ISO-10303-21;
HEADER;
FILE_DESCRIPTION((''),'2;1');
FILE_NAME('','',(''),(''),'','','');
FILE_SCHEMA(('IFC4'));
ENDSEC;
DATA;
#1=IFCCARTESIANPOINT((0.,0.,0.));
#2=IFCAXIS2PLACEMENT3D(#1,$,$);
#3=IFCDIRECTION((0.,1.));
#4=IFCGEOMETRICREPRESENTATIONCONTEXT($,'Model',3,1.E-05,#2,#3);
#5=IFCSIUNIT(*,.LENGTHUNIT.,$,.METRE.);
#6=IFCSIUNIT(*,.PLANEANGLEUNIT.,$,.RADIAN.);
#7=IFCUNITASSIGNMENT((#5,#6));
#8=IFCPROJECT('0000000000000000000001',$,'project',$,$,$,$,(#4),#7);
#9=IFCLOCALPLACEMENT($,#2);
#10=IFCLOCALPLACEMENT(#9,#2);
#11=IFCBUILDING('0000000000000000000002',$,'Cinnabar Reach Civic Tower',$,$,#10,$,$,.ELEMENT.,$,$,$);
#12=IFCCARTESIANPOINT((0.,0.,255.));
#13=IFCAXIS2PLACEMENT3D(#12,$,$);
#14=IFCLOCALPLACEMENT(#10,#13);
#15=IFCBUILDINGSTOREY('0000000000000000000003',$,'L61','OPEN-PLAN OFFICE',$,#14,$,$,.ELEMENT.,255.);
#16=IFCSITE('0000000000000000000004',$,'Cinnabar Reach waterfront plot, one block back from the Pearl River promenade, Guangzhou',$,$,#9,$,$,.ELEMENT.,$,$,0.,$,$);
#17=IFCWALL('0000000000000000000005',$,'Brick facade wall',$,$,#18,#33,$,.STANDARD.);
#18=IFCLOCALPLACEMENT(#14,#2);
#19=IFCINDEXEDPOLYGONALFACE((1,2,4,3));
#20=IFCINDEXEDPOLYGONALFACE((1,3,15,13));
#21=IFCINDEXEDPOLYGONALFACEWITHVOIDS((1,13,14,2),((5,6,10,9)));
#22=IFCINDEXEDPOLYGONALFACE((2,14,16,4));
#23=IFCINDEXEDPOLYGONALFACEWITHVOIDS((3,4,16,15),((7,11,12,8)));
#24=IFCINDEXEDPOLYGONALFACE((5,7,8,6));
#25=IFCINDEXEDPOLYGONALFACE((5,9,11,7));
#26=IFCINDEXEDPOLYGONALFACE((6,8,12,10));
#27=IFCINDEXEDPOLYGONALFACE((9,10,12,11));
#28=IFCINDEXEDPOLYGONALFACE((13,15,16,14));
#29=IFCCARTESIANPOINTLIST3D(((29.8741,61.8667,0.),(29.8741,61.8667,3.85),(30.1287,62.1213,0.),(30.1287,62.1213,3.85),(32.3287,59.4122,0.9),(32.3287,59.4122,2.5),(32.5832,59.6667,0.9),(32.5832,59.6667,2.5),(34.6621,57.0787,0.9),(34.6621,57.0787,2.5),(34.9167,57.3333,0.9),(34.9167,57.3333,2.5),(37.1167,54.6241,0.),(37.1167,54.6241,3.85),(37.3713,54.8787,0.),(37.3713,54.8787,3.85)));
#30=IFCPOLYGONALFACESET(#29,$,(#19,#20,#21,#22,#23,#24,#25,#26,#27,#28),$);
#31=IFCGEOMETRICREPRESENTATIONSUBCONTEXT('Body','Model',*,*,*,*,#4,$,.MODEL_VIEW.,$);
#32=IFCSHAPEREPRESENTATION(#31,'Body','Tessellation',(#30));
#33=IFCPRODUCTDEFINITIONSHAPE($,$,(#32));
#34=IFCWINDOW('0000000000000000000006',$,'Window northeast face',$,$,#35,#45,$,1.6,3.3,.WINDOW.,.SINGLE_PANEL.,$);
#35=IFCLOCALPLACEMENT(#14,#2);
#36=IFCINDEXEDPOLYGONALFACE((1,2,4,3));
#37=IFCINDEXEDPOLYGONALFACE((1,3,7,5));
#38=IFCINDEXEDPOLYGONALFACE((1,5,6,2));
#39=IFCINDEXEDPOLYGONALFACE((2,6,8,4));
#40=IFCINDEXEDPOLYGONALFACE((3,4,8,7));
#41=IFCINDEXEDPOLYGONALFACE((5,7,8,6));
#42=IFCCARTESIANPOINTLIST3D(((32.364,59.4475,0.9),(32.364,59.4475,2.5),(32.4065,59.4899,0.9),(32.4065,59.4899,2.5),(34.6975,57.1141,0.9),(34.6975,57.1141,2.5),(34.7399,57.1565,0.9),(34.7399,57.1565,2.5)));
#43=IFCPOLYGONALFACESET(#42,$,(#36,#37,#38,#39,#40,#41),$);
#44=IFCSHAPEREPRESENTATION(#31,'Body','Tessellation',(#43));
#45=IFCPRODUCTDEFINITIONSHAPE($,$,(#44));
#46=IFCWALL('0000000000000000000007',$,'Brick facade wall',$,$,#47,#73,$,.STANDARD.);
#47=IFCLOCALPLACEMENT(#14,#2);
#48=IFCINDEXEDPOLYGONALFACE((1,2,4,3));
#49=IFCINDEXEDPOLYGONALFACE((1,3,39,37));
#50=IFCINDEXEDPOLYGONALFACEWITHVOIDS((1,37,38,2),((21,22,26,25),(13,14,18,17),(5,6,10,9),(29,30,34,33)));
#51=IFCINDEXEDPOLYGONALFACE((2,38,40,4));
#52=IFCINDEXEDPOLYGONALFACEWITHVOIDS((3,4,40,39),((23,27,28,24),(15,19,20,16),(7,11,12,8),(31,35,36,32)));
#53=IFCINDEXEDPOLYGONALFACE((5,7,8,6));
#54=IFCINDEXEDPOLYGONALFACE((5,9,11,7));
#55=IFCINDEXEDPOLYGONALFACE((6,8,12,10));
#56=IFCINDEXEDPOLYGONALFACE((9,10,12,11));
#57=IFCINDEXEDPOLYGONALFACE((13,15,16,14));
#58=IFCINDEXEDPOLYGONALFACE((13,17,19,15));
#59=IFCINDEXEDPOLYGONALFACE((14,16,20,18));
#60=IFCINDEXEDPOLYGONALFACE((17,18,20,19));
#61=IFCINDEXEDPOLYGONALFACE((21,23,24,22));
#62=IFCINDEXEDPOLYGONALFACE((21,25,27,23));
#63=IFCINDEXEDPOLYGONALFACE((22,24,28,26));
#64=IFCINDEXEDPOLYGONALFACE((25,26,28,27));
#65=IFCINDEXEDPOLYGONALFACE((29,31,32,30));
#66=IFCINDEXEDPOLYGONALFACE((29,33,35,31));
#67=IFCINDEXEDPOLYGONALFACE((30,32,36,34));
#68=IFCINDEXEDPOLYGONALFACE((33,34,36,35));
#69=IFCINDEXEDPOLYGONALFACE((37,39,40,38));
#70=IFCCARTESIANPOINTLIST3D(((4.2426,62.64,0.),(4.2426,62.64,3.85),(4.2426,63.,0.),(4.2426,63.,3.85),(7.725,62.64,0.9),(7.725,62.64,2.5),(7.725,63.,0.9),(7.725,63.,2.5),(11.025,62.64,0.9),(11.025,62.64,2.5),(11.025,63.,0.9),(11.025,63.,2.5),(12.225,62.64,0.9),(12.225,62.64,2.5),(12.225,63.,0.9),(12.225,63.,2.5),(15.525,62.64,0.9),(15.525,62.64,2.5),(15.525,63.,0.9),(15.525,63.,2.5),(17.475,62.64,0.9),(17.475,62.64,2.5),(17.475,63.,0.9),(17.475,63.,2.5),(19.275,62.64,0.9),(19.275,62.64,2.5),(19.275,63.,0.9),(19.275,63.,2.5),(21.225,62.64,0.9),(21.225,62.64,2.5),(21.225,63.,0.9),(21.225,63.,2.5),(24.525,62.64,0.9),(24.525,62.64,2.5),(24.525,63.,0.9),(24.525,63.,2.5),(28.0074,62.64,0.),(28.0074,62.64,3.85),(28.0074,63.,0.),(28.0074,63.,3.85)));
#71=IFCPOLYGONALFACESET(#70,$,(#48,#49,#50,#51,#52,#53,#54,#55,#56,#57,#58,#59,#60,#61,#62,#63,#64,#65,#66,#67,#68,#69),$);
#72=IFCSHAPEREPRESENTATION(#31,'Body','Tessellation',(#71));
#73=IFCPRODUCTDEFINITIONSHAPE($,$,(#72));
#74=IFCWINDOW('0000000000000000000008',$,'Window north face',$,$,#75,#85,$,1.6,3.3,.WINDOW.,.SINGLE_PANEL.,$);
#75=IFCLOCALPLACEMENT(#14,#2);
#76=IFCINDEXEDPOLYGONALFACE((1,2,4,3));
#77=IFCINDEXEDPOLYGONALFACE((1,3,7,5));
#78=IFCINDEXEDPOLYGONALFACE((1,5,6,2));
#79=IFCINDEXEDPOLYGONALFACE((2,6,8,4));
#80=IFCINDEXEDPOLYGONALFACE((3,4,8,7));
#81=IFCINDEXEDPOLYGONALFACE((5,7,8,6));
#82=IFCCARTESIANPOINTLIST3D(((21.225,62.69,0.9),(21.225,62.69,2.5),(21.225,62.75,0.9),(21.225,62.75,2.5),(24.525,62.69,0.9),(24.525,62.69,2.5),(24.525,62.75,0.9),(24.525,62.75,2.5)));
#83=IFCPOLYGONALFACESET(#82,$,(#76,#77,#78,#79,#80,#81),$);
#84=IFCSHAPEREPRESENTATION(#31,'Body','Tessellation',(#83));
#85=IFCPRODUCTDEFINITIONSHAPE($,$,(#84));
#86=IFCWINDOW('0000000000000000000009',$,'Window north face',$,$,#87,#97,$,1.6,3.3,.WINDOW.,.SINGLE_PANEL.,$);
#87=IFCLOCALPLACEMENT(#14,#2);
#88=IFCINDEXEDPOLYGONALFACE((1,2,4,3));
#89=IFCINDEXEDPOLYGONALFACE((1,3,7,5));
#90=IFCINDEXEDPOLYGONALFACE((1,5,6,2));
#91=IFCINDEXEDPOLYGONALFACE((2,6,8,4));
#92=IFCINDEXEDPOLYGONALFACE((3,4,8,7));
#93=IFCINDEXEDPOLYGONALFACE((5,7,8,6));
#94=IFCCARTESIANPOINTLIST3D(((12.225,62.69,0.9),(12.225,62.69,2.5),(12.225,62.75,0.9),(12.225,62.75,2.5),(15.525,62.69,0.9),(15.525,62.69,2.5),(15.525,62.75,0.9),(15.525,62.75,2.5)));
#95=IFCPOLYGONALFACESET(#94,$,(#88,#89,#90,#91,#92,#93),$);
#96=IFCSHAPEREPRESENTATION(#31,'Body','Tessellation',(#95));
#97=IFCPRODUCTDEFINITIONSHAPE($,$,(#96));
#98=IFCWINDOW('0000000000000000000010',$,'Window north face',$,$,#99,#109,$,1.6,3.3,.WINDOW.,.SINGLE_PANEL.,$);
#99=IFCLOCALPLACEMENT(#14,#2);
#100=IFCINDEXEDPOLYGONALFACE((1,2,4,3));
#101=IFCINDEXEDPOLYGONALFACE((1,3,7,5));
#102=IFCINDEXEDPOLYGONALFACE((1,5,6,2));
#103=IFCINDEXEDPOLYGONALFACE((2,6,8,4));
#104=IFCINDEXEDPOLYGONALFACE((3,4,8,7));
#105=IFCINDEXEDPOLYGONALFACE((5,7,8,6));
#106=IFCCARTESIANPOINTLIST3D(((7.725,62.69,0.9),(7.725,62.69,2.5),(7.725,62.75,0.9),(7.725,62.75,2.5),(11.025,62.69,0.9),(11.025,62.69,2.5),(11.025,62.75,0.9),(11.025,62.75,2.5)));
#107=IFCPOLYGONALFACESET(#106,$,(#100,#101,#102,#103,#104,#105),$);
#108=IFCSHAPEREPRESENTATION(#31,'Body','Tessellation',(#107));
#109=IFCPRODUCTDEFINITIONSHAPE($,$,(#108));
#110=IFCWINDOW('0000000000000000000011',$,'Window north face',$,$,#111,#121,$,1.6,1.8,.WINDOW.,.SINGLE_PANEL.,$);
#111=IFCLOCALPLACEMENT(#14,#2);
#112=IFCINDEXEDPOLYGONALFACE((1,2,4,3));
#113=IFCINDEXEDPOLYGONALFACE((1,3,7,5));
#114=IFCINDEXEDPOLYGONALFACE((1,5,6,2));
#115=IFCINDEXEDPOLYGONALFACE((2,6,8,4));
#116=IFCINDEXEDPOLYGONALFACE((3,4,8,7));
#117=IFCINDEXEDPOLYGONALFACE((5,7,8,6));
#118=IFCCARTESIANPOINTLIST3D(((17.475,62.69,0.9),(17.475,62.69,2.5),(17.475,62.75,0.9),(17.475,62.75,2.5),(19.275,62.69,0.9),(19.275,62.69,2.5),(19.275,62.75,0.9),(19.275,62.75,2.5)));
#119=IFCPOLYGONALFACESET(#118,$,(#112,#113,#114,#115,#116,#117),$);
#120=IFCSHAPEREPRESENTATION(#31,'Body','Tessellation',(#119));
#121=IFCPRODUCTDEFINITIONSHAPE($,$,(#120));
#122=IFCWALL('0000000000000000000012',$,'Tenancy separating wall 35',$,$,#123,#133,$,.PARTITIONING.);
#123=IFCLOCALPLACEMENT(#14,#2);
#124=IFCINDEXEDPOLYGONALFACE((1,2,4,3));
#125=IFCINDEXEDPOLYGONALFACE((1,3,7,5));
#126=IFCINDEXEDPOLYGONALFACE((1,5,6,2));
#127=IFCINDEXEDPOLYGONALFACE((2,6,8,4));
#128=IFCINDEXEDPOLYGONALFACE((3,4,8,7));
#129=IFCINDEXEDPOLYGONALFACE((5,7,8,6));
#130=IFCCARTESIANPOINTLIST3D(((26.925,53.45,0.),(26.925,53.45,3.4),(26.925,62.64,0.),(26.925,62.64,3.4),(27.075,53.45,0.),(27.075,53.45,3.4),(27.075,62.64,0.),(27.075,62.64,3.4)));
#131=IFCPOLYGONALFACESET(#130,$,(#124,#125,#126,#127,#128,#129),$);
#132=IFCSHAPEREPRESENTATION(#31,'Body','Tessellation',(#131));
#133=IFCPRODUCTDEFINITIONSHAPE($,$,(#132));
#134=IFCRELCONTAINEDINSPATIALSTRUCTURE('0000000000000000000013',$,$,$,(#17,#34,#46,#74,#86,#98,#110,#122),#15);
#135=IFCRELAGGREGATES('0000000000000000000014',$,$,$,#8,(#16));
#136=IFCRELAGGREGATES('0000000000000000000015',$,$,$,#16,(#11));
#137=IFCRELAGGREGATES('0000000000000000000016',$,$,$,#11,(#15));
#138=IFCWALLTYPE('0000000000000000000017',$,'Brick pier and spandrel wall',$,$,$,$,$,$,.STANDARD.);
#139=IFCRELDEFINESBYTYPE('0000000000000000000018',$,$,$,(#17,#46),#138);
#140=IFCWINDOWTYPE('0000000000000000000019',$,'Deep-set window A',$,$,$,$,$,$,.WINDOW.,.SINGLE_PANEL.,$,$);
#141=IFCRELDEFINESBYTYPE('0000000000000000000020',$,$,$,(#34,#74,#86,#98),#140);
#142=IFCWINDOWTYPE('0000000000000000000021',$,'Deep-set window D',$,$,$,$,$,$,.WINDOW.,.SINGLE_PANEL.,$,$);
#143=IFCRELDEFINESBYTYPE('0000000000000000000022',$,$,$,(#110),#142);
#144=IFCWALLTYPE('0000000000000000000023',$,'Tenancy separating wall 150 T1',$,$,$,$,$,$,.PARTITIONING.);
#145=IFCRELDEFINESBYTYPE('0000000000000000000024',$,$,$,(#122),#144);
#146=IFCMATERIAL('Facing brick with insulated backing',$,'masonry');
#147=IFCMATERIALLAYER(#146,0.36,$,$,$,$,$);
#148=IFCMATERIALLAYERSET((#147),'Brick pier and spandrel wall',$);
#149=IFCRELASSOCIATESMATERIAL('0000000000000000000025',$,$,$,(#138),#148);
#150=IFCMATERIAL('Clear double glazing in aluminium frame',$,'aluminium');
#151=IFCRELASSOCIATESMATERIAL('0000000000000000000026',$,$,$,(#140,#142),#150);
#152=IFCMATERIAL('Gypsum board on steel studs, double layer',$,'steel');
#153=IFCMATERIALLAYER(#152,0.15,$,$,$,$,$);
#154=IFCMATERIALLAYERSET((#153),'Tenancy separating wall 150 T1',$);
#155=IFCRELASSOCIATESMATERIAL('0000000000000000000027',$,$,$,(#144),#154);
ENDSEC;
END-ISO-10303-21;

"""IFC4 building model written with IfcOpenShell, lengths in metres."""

from ifc_helpers import new_model, si_unit, direction, frame, frame_2d, origin, place, context, subcontext, project, spatial, rectangle, extrude, material, layer, layer_set, type_object, element, fill, save


model = new_model("IFC4")

# Units and contexts
model_context = context("Model", 3, precision=1e-05, world=origin(), true_north=direction((0.0, 1.0)))
body_context = subcontext(model_context, "Body", "Model", "MODEL_VIEW")
ifc_project = project(units=[si_unit("LENGTHUNIT", "METRE"), si_unit("PLANEANGLEUNIT", "RADIAN")], contexts=[model_context])

# Site, building, storey
site_placement = place(None, origin())
site = spatial("IfcSite", under=ifc_project, at=site_placement, Name="Cinnabar Reach waterfront plot, one block back from the Pearl River promenade, Guangzhou", CompositionType="ELEMENT", RefElevation=0.0)
building_placement = place(site_placement, origin())
building = spatial("IfcBuilding", under=site, at=building_placement, Name="Cinnabar Reach Civic Tower", CompositionType="ELEMENT")
storey_placement = place(building_placement, frame((0.0, 0.0, 255.0)))
storey = spatial("IfcBuildingStorey", under=building, at=storey_placement, Name="L61", Description="OPEN-PLAN OFFICE", CompositionType="ELEMENT", Elevation=255.0)

# Shared definitions
ifc_material_1 = material(Name="Facing brick with insulated backing", Category="masonry")

# Wall, opening, window
ifc_layer_1 = layer(ifc_material_1, 0.36)
ifc_layer_set_1 = layer_set([ifc_layer_1], Name="Brick pier and spandrel wall")
wall_type_1 = type_object("IfcWallType", Name="Brick pier and spandrel wall", PredefinedType="STANDARD", material=ifc_layer_set_1)
wall_1_placement = place(storey_placement, frame((37.244, 54.7514, 0.0), z_axis=(0.0, 0.0, 1.0), x_axis=(-0.707107, 0.707107, 0.0)))
wall_1 = element("IfcWall", 1, at=wall_1_placement, inside=storey, type_object=wall_type_1, Name="Brick facade wall", PredefinedType="STANDARD", context=body_context, shape_type="SweptSolid", body=[
    extrude(rectangle(XDim=10.2426, YDim=0.36, at=frame_2d((5.1213, 0.0))), origin(), (0.0, 0.0, 1.0), 3.85),
])
opening_1_placement = place(wall_1_placement, frame((3.4713, 0.0, 0.9)))
opening_1 = element("IfcOpeningElement", 2, at=opening_1_placement, cuts=wall_1, PredefinedType="OPENING", context=body_context, shape_type="SweptSolid", body=[
    extrude(rectangle(XDim=3.3, YDim=1.6, at=frame_2d((1.65, 0.8))), frame((0.0, 0.19, 0.0), z_axis=(0.0, -1.0, 0.0), x_axis=(1.0, 0.0, 0.0)), (0.0, 0.0, 1.0), 0.38),
])
ifc_material_2 = material(Name="Clear double glazing in aluminium frame", Category="aluminium")
window_type_1 = type_object("IfcWindowType", Name="Deep-set window A", PartitioningType="SINGLE_PANEL", PredefinedType="WINDOW", material=ifc_material_2)
window_1_placement = place(opening_1_placement, origin())
window_1 = element("IfcWindow", 3, at=window_1_placement, inside=storey, type_object=window_type_1, Name="Window northeast face", OverallHeight=1.6, OverallWidth=3.3, PartitioningType="SINGLE_PANEL", PredefinedType="WINDOW", context=body_context, shape_type="SweptSolid", body=[
    extrude(rectangle(XDim=3.3, YDim=1.6, at=frame_2d((1.65, 0.8))), frame((0.0, 0.13, 0.0), z_axis=(0.0, -1.0, 0.0), x_axis=(1.0, 0.0, 0.0)), (0.0, 0.0, 1.0), 0.06),
])
fill(opening_1, window_1)

# Wall, openings, windows
wall_2_placement = place(storey_placement, frame((28.0074, 62.82, 0.0), z_axis=(0.0, 0.0, 1.0), x_axis=(-1.0, 0.0, 0.0)))
wall_2 = element("IfcWall", 4, at=wall_2_placement, inside=storey, type_object=wall_type_1, Name="Brick facade wall", PredefinedType="STANDARD", context=body_context, shape_type="SweptSolid", body=[
    extrude(rectangle(XDim=23.7648, YDim=0.36, at=frame_2d((11.8824, 0.0))), origin(), (0.0, 0.0, 1.0), 3.85),
])
opening_2_placement = place(wall_2_placement, frame((3.4824, 0.0, 0.9)))
opening_2 = element("IfcOpeningElement", 5, at=opening_2_placement, cuts=wall_2, PredefinedType="OPENING", context=body_context, shape_type="SweptSolid", body=[
    extrude(rectangle(XDim=3.3, YDim=1.6, at=frame_2d((1.65, 0.8))), frame((0.0, 0.19, 0.0), z_axis=(0.0, -1.0, 0.0), x_axis=(1.0, 0.0, 0.0)), (0.0, 0.0, 1.0), 0.38),
])
opening_3_placement = place(wall_2_placement, frame((8.7324, 0.0, 0.9)))
opening_3 = element("IfcOpeningElement", 6, at=opening_3_placement, cuts=wall_2, PredefinedType="OPENING", context=body_context, shape_type="SweptSolid", body=[
    extrude(rectangle(XDim=1.8, YDim=1.6, at=frame_2d((0.9, 0.8))), frame((0.0, 0.19, 0.0), z_axis=(0.0, -1.0, 0.0), x_axis=(1.0, 0.0, 0.0)), (0.0, 0.0, 1.0), 0.38),
])
opening_4_placement = place(wall_2_placement, frame((12.4824, 0.0, 0.9)))
opening_4 = element("IfcOpeningElement", 7, at=opening_4_placement, cuts=wall_2, PredefinedType="OPENING", context=body_context, shape_type="SweptSolid", body=[
    extrude(rectangle(XDim=3.3, YDim=1.6, at=frame_2d((1.65, 0.8))), frame((0.0, 0.19, 0.0), z_axis=(0.0, -1.0, 0.0), x_axis=(1.0, 0.0, 0.0)), (0.0, 0.0, 1.0), 0.38),
])
opening_5_placement = place(wall_2_placement, frame((16.9824, 0.0, 0.9)))
opening_5 = element("IfcOpeningElement", 8, at=opening_5_placement, cuts=wall_2, PredefinedType="OPENING", context=body_context, shape_type="SweptSolid", body=[
    extrude(rectangle(XDim=3.3, YDim=1.6, at=frame_2d((1.65, 0.8))), frame((0.0, 0.19, 0.0), z_axis=(0.0, -1.0, 0.0), x_axis=(1.0, 0.0, 0.0)), (0.0, 0.0, 1.0), 0.38),
])
window_2_placement = place(opening_2_placement, origin())
window_2 = element("IfcWindow", 9, at=window_2_placement, inside=storey, type_object=window_type_1, Name="Window north face", OverallHeight=1.6, OverallWidth=3.3, PartitioningType="SINGLE_PANEL", PredefinedType="WINDOW", context=body_context, shape_type="SweptSolid", body=[
    extrude(rectangle(XDim=3.3, YDim=1.6, at=frame_2d((1.65, 0.8))), frame((0.0, 0.13, 0.0), z_axis=(0.0, -1.0, 0.0), x_axis=(1.0, 0.0, 0.0)), (0.0, 0.0, 1.0), 0.06),
])
fill(opening_2, window_2)
window_3_placement = place(opening_4_placement, origin())
window_3 = element("IfcWindow", 10, at=window_3_placement, inside=storey, type_object=window_type_1, Name="Window north face", OverallHeight=1.6, OverallWidth=3.3, PartitioningType="SINGLE_PANEL", PredefinedType="WINDOW", context=body_context, shape_type="SweptSolid", body=[
    extrude(rectangle(XDim=3.3, YDim=1.6, at=frame_2d((1.65, 0.8))), frame((0.0, 0.13, 0.0), z_axis=(0.0, -1.0, 0.0), x_axis=(1.0, 0.0, 0.0)), (0.0, 0.0, 1.0), 0.06),
])
fill(opening_4, window_3)
window_4_placement = place(opening_5_placement, origin())
window_4 = element("IfcWindow", 11, at=window_4_placement, inside=storey, type_object=window_type_1, Name="Window north face", OverallHeight=1.6, OverallWidth=3.3, PartitioningType="SINGLE_PANEL", PredefinedType="WINDOW", context=body_context, shape_type="SweptSolid", body=[
    extrude(rectangle(XDim=3.3, YDim=1.6, at=frame_2d((1.65, 0.8))), frame((0.0, 0.13, 0.0), z_axis=(0.0, -1.0, 0.0), x_axis=(1.0, 0.0, 0.0)), (0.0, 0.0, 1.0), 0.06),
])
fill(opening_5, window_4)
window_type_2 = type_object("IfcWindowType", Name="Deep-set window D", PartitioningType="SINGLE_PANEL", PredefinedType="WINDOW", material=ifc_material_2)
window_5_placement = place(opening_3_placement, origin())
window_5 = element("IfcWindow", 12, at=window_5_placement, inside=storey, type_object=window_type_2, Name="Window north face", OverallHeight=1.6, OverallWidth=1.8, PartitioningType="SINGLE_PANEL", PredefinedType="WINDOW", context=body_context, shape_type="SweptSolid", body=[
    extrude(rectangle(XDim=1.8, YDim=1.6, at=frame_2d((0.9, 0.8))), frame((0.0, 0.13, 0.0), z_axis=(0.0, -1.0, 0.0), x_axis=(1.0, 0.0, 0.0)), (0.0, 0.0, 1.0), 0.06),
])
fill(opening_3, window_5)

# Wall
ifc_material_3 = material(Name="Gypsum board on steel studs, double layer", Category="steel")
ifc_layer_2 = layer(ifc_material_3, 0.15)
ifc_layer_set_2 = layer_set([ifc_layer_2], Name="Tenancy separating wall 150 T1")
wall_type_2 = type_object("IfcWallType", Name="Tenancy separating wall 150 T1", PredefinedType="PARTITIONING", material=ifc_layer_set_2)
wall_3_placement = place(storey_placement, frame((27.0, 53.45, 0.0), z_axis=(0.0, 0.0, 1.0), x_axis=(0.0, 1.0, 0.0)))
element("IfcWall", 13, at=wall_3_placement, inside=storey, type_object=wall_type_2, Name="Tenancy separating wall 35", PredefinedType="PARTITIONING", context=body_context, shape_type="SweptSolid", body=[
    extrude(rectangle(XDim=9.19, YDim=0.15, at=frame_2d((4.595, 0.0))), origin(), (0.0, 0.0, 1.0), 3.4),
])

save(model, "model.ifc")
